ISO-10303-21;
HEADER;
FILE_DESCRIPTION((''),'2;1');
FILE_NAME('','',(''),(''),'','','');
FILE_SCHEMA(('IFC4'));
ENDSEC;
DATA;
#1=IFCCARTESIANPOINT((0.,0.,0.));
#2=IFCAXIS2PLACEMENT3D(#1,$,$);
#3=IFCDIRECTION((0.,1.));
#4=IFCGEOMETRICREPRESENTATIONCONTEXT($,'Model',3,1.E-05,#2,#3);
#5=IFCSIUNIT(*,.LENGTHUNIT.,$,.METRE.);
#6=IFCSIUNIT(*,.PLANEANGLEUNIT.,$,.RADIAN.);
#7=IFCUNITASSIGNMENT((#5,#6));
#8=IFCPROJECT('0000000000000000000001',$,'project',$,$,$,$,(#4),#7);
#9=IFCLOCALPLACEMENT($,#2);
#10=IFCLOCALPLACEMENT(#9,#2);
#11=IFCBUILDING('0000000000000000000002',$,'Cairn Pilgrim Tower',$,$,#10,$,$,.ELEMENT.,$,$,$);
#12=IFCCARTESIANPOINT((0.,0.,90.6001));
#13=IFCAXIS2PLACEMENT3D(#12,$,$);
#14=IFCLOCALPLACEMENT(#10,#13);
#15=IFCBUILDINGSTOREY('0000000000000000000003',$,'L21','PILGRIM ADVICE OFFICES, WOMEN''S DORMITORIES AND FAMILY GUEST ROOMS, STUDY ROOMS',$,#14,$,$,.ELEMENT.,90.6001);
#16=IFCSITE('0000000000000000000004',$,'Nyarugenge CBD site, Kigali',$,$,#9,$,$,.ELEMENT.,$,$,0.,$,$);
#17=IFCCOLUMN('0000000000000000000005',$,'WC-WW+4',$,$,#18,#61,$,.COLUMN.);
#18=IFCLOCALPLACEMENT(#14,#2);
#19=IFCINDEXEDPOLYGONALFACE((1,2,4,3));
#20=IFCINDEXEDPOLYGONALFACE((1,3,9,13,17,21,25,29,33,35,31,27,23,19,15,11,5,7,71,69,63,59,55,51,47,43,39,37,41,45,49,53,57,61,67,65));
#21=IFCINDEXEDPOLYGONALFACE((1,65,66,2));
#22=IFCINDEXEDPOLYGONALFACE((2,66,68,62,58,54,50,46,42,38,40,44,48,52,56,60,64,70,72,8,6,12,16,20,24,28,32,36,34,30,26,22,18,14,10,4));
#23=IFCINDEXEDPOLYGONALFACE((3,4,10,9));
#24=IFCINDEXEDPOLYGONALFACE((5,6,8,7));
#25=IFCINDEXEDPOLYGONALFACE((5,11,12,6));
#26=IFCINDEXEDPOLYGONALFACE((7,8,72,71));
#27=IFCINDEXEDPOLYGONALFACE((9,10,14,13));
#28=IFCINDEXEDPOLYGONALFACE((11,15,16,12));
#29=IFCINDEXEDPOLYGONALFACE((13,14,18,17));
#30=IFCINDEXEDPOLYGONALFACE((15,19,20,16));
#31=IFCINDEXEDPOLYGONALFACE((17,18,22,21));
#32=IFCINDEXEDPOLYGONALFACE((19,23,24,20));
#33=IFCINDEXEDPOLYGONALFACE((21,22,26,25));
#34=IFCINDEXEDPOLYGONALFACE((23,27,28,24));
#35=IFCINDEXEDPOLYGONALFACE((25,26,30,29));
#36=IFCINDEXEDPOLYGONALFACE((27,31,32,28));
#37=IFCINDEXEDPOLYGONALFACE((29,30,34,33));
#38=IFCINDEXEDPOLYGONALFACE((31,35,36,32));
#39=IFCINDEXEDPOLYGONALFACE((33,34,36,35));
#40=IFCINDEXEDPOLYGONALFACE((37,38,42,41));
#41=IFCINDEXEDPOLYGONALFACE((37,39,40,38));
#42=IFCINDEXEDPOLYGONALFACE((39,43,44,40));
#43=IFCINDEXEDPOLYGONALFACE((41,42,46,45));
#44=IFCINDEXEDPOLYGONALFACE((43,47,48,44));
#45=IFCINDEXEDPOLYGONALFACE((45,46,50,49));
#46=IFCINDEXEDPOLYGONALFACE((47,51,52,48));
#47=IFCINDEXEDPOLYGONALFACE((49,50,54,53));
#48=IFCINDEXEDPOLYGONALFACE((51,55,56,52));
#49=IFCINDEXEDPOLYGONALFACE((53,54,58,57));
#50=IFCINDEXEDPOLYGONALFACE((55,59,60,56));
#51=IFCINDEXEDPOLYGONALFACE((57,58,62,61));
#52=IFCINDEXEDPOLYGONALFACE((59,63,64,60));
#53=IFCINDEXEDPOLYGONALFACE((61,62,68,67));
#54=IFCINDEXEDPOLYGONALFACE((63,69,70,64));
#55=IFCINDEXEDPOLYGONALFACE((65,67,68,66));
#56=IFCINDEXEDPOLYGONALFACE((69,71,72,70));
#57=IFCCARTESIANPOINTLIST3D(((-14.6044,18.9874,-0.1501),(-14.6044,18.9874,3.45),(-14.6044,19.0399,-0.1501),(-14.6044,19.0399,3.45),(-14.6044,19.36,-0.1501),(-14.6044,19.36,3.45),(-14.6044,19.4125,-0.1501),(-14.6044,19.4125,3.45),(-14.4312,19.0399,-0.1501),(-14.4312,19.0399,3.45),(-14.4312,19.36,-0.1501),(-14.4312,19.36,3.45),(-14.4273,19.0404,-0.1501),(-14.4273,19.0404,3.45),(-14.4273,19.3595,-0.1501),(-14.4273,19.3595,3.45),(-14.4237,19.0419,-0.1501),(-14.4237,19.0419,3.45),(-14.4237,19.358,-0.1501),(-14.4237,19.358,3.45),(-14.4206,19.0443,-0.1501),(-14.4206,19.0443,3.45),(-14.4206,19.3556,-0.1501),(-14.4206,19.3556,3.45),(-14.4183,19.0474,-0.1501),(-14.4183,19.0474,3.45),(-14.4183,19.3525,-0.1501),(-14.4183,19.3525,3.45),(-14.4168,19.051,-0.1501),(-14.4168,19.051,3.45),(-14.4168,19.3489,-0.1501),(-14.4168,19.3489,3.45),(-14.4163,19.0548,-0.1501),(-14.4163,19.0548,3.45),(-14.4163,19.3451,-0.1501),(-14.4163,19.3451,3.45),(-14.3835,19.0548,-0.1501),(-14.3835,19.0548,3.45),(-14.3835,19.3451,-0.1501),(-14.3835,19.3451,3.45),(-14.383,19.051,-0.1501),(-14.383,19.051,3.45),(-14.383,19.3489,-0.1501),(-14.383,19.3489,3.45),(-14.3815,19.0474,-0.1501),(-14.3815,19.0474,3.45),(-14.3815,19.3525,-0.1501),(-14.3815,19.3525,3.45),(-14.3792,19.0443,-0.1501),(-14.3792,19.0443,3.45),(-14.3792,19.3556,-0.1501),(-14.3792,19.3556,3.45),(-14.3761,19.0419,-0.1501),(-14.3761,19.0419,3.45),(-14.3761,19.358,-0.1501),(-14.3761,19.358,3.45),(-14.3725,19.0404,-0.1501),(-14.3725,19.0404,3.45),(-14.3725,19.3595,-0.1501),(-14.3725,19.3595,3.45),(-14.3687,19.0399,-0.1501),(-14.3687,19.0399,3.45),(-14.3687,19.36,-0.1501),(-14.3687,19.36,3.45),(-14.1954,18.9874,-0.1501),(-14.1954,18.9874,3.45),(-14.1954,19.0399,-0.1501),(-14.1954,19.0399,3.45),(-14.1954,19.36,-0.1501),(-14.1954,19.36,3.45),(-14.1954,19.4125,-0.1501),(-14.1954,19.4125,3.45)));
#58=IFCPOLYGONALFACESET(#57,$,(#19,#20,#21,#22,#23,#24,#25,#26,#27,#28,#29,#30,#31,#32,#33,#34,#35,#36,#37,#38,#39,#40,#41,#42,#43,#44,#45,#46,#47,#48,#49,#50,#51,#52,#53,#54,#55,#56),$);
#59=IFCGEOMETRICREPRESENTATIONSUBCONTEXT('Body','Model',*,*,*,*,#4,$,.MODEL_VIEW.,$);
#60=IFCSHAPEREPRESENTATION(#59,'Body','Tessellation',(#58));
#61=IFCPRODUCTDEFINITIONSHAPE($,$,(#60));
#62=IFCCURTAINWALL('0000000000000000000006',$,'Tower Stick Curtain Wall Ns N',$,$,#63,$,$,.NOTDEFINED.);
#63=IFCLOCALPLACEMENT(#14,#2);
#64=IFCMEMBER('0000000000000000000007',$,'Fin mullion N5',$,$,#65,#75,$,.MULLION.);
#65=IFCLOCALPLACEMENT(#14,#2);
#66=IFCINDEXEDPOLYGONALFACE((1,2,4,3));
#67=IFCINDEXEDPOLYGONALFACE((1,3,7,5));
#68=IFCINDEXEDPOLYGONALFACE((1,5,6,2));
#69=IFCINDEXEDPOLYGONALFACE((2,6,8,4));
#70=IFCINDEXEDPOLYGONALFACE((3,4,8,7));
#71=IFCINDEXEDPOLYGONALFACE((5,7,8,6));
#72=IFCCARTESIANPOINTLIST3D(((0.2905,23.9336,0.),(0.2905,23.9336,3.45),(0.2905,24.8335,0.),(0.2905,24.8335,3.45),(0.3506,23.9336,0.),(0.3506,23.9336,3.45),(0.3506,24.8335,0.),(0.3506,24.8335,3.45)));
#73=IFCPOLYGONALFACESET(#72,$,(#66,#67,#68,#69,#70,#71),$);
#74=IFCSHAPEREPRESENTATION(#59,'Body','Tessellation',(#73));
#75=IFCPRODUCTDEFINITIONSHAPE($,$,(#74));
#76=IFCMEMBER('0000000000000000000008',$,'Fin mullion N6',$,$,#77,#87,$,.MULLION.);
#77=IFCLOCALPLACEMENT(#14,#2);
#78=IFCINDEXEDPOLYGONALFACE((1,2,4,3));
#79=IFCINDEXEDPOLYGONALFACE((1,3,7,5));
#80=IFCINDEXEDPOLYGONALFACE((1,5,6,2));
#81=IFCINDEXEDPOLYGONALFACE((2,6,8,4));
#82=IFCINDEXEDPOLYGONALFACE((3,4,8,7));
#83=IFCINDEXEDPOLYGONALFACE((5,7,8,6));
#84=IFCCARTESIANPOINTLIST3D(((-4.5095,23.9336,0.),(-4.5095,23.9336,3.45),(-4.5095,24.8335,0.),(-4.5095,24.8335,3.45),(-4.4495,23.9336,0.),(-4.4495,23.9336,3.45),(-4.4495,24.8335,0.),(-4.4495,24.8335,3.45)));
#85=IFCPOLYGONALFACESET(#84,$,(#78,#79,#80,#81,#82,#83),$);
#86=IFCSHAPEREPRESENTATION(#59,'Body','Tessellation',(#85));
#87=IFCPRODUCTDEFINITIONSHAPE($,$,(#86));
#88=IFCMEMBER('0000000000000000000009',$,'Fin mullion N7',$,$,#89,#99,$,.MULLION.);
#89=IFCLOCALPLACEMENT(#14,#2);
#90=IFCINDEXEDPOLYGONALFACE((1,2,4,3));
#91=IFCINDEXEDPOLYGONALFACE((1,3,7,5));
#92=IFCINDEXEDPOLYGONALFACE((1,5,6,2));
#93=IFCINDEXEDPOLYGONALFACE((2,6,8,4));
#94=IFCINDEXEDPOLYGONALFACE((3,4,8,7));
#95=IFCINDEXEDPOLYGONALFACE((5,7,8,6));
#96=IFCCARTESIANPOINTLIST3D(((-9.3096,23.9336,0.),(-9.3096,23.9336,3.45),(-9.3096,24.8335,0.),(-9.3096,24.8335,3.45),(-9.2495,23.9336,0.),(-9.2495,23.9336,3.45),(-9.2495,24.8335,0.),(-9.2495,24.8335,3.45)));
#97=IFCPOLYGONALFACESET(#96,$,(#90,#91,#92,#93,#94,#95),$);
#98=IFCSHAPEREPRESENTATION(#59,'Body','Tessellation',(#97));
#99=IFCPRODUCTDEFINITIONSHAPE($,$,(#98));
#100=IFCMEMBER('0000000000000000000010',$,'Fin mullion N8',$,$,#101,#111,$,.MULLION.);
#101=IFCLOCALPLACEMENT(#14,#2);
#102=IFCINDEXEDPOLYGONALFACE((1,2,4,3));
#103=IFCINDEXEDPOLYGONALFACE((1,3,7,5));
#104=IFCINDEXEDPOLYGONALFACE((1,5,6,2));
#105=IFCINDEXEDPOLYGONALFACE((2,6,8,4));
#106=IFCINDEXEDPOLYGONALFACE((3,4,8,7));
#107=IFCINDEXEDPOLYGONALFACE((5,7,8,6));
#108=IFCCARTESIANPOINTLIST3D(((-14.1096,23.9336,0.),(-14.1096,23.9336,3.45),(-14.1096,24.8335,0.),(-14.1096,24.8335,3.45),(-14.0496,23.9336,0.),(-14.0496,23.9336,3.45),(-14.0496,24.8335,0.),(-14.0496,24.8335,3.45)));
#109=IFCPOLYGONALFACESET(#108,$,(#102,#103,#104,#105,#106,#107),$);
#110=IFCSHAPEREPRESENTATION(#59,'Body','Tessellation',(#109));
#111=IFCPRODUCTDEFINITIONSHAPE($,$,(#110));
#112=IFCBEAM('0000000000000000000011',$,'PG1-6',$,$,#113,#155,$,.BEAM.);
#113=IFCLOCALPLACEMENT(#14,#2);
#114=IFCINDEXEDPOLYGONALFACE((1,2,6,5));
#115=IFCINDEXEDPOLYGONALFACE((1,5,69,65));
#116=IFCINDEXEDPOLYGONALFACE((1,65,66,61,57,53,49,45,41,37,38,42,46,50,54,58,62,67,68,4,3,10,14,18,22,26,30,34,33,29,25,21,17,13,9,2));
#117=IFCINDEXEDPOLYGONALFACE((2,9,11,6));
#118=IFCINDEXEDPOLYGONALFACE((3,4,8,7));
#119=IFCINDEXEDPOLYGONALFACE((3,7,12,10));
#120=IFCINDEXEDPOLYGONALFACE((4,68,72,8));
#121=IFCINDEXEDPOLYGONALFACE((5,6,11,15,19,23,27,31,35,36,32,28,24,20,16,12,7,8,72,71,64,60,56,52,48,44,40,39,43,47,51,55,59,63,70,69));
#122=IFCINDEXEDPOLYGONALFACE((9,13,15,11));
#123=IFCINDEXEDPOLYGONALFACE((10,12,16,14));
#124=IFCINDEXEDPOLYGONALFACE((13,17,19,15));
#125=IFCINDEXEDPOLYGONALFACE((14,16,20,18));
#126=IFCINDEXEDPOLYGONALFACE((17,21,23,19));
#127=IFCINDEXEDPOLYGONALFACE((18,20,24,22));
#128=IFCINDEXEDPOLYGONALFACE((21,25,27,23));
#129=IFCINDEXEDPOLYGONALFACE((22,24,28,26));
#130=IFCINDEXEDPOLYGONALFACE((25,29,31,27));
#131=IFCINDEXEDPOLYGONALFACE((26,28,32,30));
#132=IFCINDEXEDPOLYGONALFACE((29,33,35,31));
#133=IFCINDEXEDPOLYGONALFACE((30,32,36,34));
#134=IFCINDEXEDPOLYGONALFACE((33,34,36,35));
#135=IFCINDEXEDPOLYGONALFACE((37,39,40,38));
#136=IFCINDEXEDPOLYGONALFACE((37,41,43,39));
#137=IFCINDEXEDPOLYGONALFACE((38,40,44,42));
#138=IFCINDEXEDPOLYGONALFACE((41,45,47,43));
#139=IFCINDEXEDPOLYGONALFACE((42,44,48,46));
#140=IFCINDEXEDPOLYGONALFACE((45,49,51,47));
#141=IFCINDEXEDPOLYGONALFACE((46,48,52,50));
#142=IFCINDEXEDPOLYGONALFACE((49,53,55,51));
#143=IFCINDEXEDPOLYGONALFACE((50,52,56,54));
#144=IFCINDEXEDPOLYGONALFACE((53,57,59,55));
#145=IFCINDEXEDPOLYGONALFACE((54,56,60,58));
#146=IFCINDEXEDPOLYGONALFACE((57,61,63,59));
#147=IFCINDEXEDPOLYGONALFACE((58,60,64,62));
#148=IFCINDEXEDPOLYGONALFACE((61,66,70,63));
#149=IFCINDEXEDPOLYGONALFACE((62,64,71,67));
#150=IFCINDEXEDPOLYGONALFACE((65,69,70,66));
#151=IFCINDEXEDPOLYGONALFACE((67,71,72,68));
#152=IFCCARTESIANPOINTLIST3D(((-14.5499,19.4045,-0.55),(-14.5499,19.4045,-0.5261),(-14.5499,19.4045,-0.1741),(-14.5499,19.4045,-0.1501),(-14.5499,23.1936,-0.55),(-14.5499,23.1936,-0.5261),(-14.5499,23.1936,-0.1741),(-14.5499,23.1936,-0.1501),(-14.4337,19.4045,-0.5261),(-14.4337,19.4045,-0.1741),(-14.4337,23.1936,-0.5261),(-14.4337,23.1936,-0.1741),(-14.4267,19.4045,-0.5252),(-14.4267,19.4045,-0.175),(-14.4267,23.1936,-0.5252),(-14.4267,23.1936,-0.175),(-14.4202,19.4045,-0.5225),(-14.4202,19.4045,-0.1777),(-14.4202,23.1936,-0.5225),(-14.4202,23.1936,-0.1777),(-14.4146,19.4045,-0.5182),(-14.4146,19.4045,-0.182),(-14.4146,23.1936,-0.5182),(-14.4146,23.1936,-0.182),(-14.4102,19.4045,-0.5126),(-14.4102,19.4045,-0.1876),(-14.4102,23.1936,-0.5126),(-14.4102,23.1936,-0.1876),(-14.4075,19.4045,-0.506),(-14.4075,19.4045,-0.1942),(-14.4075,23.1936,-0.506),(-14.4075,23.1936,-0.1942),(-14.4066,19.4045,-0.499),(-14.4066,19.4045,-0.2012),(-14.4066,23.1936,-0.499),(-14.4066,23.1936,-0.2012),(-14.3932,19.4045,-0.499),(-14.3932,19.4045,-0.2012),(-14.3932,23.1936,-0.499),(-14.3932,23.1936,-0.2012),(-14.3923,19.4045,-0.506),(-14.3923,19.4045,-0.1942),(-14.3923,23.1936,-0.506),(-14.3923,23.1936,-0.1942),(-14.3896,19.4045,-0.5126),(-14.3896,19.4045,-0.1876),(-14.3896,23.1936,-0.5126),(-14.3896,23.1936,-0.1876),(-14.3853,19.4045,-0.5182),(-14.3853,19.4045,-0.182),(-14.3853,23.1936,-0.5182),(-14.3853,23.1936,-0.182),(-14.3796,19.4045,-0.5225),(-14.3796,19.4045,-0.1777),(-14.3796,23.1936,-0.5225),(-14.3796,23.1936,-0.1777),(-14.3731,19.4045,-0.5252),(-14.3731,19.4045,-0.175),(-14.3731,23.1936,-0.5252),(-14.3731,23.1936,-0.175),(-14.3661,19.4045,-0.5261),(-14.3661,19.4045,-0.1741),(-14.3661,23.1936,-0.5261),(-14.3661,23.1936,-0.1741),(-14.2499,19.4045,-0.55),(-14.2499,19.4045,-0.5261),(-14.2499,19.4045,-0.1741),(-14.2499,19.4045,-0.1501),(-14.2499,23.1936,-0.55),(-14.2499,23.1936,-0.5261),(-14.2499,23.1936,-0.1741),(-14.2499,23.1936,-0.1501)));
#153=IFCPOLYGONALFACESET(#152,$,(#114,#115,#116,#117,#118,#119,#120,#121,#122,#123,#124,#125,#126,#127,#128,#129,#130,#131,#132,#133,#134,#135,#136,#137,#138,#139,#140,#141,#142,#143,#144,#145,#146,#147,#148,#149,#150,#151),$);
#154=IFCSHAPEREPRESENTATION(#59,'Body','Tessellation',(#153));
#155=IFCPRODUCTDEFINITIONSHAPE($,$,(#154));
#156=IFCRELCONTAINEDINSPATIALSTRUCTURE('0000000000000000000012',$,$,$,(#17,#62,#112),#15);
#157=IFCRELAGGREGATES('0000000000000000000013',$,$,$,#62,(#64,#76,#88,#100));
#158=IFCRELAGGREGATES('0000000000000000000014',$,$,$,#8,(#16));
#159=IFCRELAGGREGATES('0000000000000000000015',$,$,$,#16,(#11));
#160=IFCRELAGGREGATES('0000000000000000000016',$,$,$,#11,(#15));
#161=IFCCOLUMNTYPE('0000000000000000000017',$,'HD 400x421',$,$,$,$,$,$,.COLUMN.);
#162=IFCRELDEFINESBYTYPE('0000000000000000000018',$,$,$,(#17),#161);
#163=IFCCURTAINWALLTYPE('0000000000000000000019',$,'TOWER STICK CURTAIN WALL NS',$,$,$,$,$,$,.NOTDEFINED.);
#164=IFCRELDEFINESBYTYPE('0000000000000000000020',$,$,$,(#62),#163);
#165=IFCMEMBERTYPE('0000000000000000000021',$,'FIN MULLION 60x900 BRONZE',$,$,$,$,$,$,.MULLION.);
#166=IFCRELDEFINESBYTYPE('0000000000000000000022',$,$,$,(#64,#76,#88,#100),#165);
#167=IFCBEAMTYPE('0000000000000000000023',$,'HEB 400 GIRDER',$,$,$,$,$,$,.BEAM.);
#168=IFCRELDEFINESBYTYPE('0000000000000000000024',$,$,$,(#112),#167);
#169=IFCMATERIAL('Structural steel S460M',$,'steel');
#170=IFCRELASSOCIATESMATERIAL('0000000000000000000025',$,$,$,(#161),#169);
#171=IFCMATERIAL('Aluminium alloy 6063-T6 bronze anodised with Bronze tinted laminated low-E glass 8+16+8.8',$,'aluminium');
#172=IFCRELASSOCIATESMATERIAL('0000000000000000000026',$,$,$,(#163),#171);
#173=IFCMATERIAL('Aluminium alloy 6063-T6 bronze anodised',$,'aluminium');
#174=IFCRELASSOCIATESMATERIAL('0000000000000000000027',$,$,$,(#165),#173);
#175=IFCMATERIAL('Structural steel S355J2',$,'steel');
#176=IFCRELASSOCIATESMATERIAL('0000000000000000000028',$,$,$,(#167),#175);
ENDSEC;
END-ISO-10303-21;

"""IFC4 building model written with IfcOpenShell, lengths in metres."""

from ifc_helpers import new_model, si_unit, direction, frame, origin, origin_2d, place, context, subcontext, project, spatial, rectangle, i_section, extrude, material, material_profile, profile_set, type_object, element, aggregate, save


model = new_model("IFC4")

# Units and contexts
model_context = context("Model", 3, precision=1e-05, world=origin(), true_north=direction((0.0, 1.0)))
body_context = subcontext(model_context, "Body", "Model", "MODEL_VIEW")
ifc_project = project(units=[si_unit("LENGTHUNIT", "METRE"), si_unit("PLANEANGLEUNIT", "RADIAN")], contexts=[model_context])

# Site, building, storey
site_placement = place(None, origin())
site = spatial("IfcSite", under=ifc_project, at=site_placement, Name="Nyarugenge CBD site, Kigali", CompositionType="ELEMENT", RefElevation=0.0)
building_placement = place(site_placement, origin())
building = spatial("IfcBuilding", under=site, at=building_placement, Name="Cairn Pilgrim Tower", CompositionType="ELEMENT")
storey_placement = place(building_placement, frame((0.0, 0.0, 90.6001)))
storey = spatial("IfcBuildingStorey", under=building, at=storey_placement, Name="L21", Description="PILGRIM ADVICE OFFICES, WOMEN'S DORMITORIES AND FAMILY GUEST ROOMS, STUDY ROOMS", CompositionType="ELEMENT", Elevation=90.6001)

# Column
ifc_material_1 = material(Name="Structural steel S460M", Category="steel")
ifc_material_profile_1 = material_profile(ifc_material_1, i_section(OverallWidth=0.4089, OverallDepth=0.425, WebThickness=0.0327, FlangeThickness=0.0525, FilletRadius=0.0149, at=origin_2d()), Name="HD 400x421")
ifc_profile_set_1 = profile_set([ifc_material_profile_1], Name="Structural steel S460M")
column_type_1 = type_object("IfcColumnType", Name="HD 400x421", PredefinedType="COLUMN", material=ifc_profile_set_1)
column_placement = place(storey_placement, frame((-14.3999, 19.2, -0.1501), z_axis=(0.0, 0.0, 1.0), x_axis=(1.0, 0.0, 0.0)))
element("IfcColumn", 1, at=column_placement, inside=storey, type_object=column_type_1, Name="WC-WW+4", PredefinedType="COLUMN", context=body_context, shape_type="SweptSolid", body=[
    extrude(i_section(OverallWidth=0.4089, OverallDepth=0.425, WebThickness=0.0327, FlangeThickness=0.0525, FilletRadius=0.0149, at=origin_2d()), origin(), (0.0, 0.0, 1.0), 3.6001),
])

# Curtain wall, members
ifc_material_2 = material(Name="Aluminium alloy 6063-T6 bronze anodised with Bronze tinted laminated low-E glass 8+16+8.8", Category="aluminium")
curtain_wall_type = type_object("IfcCurtainWallType", Name="TOWER STICK CURTAIN WALL NS", PredefinedType="NOTDEFINED", material=ifc_material_2)
curtain_wall_placement = place(storey_placement, origin())
curtain_wall = element("IfcCurtainWall", 2, at=curtain_wall_placement, inside=storey, type_object=curtain_wall_type, Name="Tower Stick Curtain Wall Ns N", PredefinedType="NOTDEFINED")
ifc_material_3 = material(Name="Aluminium alloy 6063-T6 bronze anodised", Category="aluminium")
ifc_material_profile_2 = material_profile(ifc_material_3, rectangle(XDim=0.8999, YDim=0.0601, at=origin_2d()), Name="FIN MULLION 60x900 BRONZE")
ifc_profile_set_2 = profile_set([ifc_material_profile_2], Name="Aluminium alloy 6063-T6 bronze anodised")
member_type_1 = type_object("IfcMemberType", Name="FIN MULLION 60x900 BRONZE", PredefinedType="MULLION", material=ifc_profile_set_2)
member_1_placement = place(storey_placement, frame((0.3206, 24.3835, 0.0), z_axis=(0.0, 0.0, 1.0), x_axis=(0.0, 1.0, 0.0)))
member_1 = element("IfcMember", 3, at=member_1_placement, type_object=member_type_1, Name="Fin mullion N5", PredefinedType="MULLION", context=body_context, shape_type="SweptSolid", body=[
    extrude(rectangle(XDim=0.8999, YDim=0.0601, at=origin_2d()), origin(), (0.0, 0.0, 1.0), 3.45),
])
member_2_placement = place(storey_placement, frame((-4.4795, 24.3835, 0.0), z_axis=(0.0, 0.0, 1.0), x_axis=(0.0, 1.0, 0.0)))
member_2 = element("IfcMember", 4, at=member_2_placement, type_object=member_type_1, Name="Fin mullion N6", PredefinedType="MULLION", context=body_context, shape_type="SweptSolid", body=[
    extrude(rectangle(XDim=0.8999, YDim=0.0601, at=origin_2d()), origin(), (0.0, 0.0, 1.0), 3.45),
])
member_3_placement = place(storey_placement, frame((-9.2795, 24.3835, 0.0), z_axis=(0.0, 0.0, 1.0), x_axis=(0.0, 1.0, 0.0)))
member_3 = element("IfcMember", 5, at=member_3_placement, type_object=member_type_1, Name="Fin mullion N7", PredefinedType="MULLION", context=body_context, shape_type="SweptSolid", body=[
    extrude(rectangle(XDim=0.8999, YDim=0.0601, at=origin_2d()), origin(), (0.0, 0.0, 1.0), 3.45),
])
member_4_placement = place(storey_placement, frame((-14.0796, 24.3835, 0.0), z_axis=(0.0, 0.0, 1.0), x_axis=(0.0, 1.0, 0.0)))
member_4 = element("IfcMember", 6, at=member_4_placement, type_object=member_type_1, Name="Fin mullion N8", PredefinedType="MULLION", context=body_context, shape_type="SweptSolid", body=[
    extrude(rectangle(XDim=0.8999, YDim=0.0601, at=origin_2d()), origin(), (0.0, 0.0, 1.0), 3.45),
])

# Beam
ifc_material_4 = material(Name="Structural steel S355J2", Category="steel")
ifc_material_profile_3 = material_profile(ifc_material_4, i_section(OverallWidth=0.3, OverallDepth=0.3999, WebThickness=0.0134, FlangeThickness=0.0239, FilletRadius=0.0271, at=origin_2d()), Name="HEB 400")
ifc_profile_set_3 = profile_set([ifc_material_profile_3], Name="Structural steel S355J2")
beam_type_1 = type_object("IfcBeamType", Name="HEB 400 GIRDER", PredefinedType="BEAM", material=ifc_profile_set_3)
beam_1_placement = place(storey_placement, frame((-14.3999, 19.4045, -0.3501), z_axis=(0.0, 1.0, 0.0), x_axis=(-1.0, 0.0, 0.0)))
element("IfcBeam", 7, at=beam_1_placement, inside=storey, type_object=beam_type_1, Name="PG1-6", PredefinedType="BEAM", context=body_context, shape_type="SweptSolid", body=[
    extrude(i_section(OverallWidth=0.3, OverallDepth=0.3999, WebThickness=0.0134, FlangeThickness=0.0239, FilletRadius=0.0271, at=origin_2d()), origin(), (0.0, 0.0, 1.0), 3.7891),
])

aggregate(curtain_wall, [member_1, member_2, member_3, member_4])

save(model, "model.ifc")
